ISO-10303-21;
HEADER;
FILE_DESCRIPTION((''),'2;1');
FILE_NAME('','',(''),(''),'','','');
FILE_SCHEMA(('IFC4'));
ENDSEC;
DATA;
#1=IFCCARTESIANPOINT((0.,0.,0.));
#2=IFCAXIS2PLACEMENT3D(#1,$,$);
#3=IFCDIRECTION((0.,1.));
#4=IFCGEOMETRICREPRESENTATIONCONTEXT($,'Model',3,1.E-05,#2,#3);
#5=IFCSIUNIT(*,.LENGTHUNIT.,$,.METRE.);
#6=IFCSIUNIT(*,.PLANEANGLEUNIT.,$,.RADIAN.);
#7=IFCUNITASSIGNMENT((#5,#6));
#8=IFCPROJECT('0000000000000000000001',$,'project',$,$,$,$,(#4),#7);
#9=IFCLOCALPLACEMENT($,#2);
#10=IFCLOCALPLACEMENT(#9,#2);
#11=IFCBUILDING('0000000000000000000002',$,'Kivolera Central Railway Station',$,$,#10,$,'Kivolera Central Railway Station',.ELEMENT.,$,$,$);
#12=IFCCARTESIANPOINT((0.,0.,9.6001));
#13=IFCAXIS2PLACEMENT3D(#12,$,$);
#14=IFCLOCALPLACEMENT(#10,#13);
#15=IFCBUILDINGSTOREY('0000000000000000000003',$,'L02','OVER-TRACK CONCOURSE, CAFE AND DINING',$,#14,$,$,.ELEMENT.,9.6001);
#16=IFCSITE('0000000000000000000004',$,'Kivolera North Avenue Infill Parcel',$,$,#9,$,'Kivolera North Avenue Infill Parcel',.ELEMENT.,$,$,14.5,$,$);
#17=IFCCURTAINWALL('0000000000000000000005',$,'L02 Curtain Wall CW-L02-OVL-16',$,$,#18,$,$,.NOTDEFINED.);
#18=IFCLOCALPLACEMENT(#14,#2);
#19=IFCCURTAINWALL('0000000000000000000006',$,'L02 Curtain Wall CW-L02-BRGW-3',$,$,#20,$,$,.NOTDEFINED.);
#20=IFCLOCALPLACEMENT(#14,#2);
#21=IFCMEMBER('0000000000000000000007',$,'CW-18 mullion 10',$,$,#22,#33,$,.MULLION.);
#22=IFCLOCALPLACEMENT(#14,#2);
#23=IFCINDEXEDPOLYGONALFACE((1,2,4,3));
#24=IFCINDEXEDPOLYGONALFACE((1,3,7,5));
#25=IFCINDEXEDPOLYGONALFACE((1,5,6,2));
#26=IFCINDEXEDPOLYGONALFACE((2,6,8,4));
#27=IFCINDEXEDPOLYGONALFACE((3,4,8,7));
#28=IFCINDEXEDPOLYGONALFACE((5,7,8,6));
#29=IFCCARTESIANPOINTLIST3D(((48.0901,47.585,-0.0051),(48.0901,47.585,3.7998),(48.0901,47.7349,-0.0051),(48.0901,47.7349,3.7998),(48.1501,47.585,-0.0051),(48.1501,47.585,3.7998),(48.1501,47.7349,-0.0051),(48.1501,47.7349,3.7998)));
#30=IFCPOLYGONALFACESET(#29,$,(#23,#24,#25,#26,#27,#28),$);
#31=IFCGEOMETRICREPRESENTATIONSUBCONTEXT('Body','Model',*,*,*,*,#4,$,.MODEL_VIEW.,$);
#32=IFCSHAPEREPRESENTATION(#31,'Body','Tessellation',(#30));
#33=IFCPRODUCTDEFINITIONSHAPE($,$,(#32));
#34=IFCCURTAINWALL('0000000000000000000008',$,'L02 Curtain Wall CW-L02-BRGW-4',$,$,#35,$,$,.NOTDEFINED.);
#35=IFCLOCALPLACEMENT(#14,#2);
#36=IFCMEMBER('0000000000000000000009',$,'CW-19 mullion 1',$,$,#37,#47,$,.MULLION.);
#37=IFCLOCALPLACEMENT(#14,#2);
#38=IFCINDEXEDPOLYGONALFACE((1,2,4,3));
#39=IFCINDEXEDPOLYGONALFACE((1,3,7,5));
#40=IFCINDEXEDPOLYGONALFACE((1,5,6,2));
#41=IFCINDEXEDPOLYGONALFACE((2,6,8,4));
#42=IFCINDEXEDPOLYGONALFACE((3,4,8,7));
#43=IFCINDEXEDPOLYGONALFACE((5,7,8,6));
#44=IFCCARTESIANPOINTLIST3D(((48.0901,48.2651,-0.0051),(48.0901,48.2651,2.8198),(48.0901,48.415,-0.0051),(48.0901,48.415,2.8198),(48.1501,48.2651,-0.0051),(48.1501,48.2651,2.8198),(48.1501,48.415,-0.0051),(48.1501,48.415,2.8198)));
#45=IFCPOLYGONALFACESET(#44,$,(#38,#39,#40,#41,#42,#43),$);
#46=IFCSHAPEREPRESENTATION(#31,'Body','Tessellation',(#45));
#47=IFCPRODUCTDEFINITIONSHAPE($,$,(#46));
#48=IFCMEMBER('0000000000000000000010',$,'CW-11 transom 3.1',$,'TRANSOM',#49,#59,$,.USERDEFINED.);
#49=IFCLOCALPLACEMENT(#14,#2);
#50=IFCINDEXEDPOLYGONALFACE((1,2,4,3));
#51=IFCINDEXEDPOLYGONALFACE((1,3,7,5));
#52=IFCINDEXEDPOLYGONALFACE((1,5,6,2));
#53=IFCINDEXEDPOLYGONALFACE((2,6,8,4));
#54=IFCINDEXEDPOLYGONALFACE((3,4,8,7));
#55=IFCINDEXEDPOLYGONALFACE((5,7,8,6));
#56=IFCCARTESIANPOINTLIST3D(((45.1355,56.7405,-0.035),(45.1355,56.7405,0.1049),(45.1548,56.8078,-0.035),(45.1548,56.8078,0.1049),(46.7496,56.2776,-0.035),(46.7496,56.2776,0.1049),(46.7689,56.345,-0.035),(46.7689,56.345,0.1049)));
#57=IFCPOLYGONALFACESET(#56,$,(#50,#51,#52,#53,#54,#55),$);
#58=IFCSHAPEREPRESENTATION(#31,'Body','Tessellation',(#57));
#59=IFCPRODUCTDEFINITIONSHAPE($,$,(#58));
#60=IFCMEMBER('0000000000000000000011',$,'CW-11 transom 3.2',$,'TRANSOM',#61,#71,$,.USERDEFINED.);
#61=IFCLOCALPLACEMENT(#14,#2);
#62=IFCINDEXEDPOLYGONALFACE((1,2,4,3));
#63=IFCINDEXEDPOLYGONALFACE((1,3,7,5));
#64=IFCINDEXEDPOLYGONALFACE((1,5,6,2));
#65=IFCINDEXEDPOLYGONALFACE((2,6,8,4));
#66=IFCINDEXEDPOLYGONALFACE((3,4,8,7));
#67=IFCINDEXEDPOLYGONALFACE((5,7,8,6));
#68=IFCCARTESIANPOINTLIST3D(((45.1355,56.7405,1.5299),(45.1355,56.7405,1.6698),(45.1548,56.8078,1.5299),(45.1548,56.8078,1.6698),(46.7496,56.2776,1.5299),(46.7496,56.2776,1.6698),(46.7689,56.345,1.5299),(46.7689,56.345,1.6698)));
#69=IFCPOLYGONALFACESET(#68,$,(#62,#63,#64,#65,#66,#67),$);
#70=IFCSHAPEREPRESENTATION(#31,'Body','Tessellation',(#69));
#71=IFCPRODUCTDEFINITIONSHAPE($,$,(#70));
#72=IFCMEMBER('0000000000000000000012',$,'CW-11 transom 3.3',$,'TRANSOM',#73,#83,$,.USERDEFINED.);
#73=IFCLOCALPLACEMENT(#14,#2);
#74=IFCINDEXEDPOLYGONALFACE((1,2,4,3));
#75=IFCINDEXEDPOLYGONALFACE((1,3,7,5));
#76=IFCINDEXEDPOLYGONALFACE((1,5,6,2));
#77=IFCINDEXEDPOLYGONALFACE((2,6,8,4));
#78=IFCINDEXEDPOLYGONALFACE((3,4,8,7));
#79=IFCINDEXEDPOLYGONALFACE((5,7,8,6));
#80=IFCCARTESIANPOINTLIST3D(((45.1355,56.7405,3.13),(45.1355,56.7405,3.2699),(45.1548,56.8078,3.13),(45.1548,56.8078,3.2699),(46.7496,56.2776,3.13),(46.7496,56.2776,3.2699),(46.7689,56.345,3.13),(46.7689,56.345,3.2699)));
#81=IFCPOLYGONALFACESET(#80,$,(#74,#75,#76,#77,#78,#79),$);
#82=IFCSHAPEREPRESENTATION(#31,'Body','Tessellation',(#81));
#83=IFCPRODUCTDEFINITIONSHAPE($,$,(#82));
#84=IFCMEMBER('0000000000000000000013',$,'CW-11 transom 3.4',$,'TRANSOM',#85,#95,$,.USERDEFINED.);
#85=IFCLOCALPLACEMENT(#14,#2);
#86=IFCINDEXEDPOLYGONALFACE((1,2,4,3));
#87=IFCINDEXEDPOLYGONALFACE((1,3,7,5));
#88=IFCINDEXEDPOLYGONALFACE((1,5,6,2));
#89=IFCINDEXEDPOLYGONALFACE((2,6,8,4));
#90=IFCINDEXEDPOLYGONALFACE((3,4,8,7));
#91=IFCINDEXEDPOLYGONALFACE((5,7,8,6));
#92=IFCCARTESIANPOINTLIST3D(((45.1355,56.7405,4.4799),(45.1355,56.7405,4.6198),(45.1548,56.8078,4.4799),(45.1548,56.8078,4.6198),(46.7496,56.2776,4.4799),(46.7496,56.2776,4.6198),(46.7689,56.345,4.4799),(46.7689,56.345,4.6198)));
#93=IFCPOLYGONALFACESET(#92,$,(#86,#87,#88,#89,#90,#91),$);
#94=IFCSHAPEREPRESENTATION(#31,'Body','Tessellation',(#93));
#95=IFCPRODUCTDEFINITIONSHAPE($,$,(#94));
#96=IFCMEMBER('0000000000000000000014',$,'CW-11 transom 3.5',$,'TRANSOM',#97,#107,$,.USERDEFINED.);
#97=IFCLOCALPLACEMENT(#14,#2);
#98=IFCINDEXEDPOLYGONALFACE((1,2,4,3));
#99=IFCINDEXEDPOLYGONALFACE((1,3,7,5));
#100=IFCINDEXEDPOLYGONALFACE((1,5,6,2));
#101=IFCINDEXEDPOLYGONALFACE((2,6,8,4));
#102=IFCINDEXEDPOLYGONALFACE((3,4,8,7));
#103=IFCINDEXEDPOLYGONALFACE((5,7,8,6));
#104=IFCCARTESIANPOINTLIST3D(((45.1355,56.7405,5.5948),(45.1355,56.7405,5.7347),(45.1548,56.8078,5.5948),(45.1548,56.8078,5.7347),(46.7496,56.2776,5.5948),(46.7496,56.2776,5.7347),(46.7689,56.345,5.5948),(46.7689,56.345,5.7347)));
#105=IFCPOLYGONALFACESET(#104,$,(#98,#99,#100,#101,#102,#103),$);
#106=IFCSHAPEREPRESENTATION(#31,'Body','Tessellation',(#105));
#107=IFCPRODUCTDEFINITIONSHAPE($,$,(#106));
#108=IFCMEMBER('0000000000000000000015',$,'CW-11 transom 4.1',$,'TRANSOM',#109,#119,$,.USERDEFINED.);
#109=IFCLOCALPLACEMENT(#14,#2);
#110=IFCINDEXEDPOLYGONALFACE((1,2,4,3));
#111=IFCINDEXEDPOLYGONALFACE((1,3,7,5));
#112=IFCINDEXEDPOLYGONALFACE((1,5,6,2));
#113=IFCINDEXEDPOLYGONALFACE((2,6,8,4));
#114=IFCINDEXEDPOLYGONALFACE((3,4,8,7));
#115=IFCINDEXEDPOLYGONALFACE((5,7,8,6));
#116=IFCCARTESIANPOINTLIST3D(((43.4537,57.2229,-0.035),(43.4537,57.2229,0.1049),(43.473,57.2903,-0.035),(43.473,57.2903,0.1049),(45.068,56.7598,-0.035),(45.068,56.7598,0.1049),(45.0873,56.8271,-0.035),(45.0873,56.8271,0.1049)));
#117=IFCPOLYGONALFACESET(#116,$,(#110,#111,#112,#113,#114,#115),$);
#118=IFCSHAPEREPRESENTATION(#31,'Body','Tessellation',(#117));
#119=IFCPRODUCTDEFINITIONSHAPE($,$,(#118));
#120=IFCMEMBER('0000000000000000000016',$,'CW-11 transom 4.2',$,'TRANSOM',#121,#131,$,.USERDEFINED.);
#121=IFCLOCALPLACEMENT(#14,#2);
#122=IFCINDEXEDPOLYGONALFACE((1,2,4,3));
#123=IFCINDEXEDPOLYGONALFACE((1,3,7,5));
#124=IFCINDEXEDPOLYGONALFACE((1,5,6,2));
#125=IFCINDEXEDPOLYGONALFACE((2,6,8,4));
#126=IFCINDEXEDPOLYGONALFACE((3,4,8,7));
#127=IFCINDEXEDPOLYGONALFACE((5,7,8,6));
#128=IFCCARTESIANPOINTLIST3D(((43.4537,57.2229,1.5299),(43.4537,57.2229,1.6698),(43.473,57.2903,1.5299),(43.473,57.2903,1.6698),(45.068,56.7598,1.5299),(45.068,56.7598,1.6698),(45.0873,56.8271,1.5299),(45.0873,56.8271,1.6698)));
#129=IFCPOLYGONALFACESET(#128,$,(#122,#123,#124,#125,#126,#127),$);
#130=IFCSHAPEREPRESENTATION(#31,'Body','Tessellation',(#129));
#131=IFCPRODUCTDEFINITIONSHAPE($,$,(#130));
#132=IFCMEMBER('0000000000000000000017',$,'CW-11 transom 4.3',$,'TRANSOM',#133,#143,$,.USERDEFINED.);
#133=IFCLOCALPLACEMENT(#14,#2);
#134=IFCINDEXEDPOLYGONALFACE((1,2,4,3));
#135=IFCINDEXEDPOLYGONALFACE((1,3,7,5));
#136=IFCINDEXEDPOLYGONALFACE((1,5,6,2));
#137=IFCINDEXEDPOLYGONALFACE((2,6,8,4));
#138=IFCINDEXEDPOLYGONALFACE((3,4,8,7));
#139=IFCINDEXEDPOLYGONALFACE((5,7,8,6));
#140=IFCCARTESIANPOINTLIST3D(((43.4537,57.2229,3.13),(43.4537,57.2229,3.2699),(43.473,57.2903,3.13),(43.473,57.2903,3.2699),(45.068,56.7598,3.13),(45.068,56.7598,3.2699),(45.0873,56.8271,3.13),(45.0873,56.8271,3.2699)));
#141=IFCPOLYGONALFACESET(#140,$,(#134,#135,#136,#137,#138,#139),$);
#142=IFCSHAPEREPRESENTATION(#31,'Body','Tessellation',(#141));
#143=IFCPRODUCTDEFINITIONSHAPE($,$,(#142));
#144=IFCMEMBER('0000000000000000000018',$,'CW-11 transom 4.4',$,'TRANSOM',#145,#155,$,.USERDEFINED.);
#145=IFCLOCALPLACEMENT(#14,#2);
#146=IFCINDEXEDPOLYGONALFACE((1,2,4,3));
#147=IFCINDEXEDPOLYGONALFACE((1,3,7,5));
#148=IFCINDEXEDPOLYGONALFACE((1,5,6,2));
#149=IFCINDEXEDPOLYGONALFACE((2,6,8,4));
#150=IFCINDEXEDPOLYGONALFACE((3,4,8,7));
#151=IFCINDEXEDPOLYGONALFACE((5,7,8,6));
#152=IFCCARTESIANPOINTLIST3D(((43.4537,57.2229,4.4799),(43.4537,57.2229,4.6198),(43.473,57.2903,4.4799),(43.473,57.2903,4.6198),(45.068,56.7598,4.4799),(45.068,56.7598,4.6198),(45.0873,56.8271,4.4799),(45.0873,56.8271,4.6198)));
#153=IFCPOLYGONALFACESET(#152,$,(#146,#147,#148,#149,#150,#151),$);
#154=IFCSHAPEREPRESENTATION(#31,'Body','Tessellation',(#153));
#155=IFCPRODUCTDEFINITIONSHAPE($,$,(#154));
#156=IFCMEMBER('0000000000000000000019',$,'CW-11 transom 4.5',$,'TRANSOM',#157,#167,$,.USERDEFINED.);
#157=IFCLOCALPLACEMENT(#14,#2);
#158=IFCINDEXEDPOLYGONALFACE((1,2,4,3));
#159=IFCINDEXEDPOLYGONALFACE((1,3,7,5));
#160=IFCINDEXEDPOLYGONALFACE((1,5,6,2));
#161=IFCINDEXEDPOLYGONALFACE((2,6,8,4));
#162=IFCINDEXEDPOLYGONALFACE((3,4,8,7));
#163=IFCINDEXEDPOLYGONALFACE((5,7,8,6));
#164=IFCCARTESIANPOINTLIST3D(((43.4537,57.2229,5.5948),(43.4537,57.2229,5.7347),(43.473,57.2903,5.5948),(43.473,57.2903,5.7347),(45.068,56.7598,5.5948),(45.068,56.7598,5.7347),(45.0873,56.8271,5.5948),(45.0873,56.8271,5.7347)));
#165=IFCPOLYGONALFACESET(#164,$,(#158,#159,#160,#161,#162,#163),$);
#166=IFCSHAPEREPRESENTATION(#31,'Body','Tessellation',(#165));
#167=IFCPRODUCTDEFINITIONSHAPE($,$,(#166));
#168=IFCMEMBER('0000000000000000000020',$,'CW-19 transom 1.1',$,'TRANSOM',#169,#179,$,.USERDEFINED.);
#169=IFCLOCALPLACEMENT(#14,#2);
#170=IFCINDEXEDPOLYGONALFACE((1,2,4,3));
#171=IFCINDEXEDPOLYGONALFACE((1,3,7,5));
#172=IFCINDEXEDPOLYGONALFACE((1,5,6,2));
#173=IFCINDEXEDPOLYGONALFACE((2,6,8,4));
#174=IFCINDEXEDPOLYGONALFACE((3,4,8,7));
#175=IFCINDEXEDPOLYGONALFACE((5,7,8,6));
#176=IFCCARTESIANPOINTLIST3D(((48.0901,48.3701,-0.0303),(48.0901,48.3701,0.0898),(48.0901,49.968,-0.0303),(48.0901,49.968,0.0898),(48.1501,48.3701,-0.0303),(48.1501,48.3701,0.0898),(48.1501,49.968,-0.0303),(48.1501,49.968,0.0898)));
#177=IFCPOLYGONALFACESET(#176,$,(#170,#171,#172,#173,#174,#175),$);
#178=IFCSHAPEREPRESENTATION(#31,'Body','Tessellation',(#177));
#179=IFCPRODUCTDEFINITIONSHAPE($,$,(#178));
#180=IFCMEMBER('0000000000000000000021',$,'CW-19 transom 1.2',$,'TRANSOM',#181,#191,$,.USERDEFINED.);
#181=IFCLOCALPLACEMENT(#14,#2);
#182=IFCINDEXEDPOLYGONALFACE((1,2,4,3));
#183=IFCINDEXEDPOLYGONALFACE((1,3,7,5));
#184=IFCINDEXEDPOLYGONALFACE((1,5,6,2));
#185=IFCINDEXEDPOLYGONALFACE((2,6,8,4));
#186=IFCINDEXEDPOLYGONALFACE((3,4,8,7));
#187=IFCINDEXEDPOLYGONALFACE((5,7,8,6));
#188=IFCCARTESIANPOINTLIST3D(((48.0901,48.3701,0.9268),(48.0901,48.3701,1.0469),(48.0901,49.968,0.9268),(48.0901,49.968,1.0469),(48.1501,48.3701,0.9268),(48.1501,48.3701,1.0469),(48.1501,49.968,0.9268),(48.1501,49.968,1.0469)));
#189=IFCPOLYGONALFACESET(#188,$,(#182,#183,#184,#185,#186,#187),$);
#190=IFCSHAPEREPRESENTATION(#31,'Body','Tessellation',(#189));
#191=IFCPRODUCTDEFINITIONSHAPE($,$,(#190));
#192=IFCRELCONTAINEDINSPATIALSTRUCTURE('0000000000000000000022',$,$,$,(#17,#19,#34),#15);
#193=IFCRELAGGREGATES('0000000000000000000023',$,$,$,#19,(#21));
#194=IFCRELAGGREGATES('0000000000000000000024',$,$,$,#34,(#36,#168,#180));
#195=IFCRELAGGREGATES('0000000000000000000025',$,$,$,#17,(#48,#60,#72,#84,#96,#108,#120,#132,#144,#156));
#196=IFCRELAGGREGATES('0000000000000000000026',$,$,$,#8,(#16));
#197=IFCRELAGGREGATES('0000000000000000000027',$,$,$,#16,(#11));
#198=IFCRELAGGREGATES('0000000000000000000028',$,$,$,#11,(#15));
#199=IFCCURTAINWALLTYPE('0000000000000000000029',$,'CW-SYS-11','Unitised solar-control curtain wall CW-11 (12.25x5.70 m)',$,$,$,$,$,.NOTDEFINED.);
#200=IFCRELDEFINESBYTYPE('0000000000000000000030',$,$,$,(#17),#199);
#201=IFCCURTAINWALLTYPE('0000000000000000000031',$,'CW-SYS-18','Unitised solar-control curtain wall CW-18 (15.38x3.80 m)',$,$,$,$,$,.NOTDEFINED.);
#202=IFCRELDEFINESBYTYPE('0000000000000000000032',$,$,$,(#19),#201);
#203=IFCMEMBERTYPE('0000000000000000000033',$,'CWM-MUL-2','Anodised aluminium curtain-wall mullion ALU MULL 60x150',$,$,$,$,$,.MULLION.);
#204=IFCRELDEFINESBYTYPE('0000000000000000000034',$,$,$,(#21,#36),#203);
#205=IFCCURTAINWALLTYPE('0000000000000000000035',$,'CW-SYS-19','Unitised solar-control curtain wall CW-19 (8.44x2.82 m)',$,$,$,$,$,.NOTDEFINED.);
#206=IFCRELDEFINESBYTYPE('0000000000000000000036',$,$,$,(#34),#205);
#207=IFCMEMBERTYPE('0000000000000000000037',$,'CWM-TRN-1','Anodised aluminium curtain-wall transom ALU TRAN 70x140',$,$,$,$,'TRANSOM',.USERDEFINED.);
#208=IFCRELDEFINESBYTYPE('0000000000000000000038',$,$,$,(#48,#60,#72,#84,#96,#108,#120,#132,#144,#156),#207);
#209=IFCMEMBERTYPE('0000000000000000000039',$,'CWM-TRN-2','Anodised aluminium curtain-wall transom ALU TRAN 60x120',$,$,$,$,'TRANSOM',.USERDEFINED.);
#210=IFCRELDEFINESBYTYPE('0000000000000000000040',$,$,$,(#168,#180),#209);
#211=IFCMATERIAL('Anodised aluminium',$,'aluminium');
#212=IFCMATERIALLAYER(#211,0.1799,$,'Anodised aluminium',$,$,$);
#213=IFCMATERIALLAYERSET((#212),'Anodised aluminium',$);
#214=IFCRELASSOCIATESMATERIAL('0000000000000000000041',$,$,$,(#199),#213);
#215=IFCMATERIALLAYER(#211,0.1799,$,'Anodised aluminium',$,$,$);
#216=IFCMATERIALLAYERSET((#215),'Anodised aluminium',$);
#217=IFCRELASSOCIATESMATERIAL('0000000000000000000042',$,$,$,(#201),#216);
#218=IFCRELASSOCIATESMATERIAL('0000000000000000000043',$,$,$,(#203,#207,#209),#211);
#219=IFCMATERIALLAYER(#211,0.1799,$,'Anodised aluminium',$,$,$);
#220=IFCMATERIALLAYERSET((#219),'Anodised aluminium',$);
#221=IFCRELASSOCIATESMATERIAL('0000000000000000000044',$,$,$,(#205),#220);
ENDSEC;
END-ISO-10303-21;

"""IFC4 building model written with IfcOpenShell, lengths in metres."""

from ifc_helpers import new_model, si_unit, direction, frame, origin, origin_2d, place, context, subcontext, project, spatial, rectangle, extrude, material, layer, layer_set, material_profile, profile_set, type_object, element, aggregate, save


model = new_model("IFC4")

# Units and contexts
model_context = context("Model", 3, precision=1e-05, world=origin(), true_north=direction((0.0, 1.0)))
body_context = subcontext(model_context, "Body", "Model", "MODEL_VIEW")
ifc_project = project(units=[si_unit("LENGTHUNIT", "METRE"), si_unit("PLANEANGLEUNIT", "RADIAN")], contexts=[model_context])

# Site, building, storey
site_placement = place(None, origin())
site = spatial("IfcSite", under=ifc_project, at=site_placement, Name="Kivolera North Avenue Infill Parcel", LongName="Kivolera North Avenue Infill Parcel", CompositionType="ELEMENT", RefElevation=14.5)
building_placement = place(site_placement, origin())
building = spatial("IfcBuilding", under=site, at=building_placement, Name="Kivolera Central Railway Station", LongName="Kivolera Central Railway Station", CompositionType="ELEMENT")
storey_placement = place(building_placement, frame((0.0, 0.0, 9.6001)))
storey = spatial("IfcBuildingStorey", under=building, at=storey_placement, Name="L02", Description="OVER-TRACK CONCOURSE, CAFE AND DINING", CompositionType="ELEMENT", Elevation=9.6001)

# Curtain wall
ifc_material_1 = material(Name="Anodised aluminium", Category="aluminium")
ifc_layer_1 = layer(ifc_material_1, 0.1799, Name="Anodised aluminium")
ifc_layer_set_1 = layer_set([ifc_layer_1], Name="Anodised aluminium")
curtain_wall_type_1 = type_object("IfcCurtainWallType", Name="CW-SYS-11", Description="Unitised solar-control curtain wall CW-11 (12.25x5.70 m)", PredefinedType="NOTDEFINED", material=ifc_layer_set_1)
curtain_wall_1_placement = place(storey_placement, origin())
curtain_wall_1 = element("IfcCurtainWall", 1, at=curtain_wall_1_placement, inside=storey, type_object=curtain_wall_type_1, Name="L02 Curtain Wall CW-L02-OVL-16", PredefinedType="NOTDEFINED")

# Curtain walls, members
ifc_layer_2 = layer(ifc_material_1, 0.1799, Name="Anodised aluminium")
ifc_layer_set_2 = layer_set([ifc_layer_2], Name="Anodised aluminium")
curtain_wall_type_2 = type_object("IfcCurtainWallType", Name="CW-SYS-18", Description="Unitised solar-control curtain wall CW-18 (15.38x3.80 m)", PredefinedType="NOTDEFINED", material=ifc_layer_set_2)
curtain_wall_2_placement = place(storey_placement, origin())
curtain_wall_2 = element("IfcCurtainWall", 2, at=curtain_wall_2_placement, inside=storey, type_object=curtain_wall_type_2, Name="L02 Curtain Wall CW-L02-BRGW-3", PredefinedType="NOTDEFINED")
ifc_material_profile_1 = material_profile(ifc_material_1, rectangle(XDim=0.0601, YDim=0.1499, at=origin_2d()), Name="ALU MULL 60x150")
ifc_profile_set_1 = profile_set([ifc_material_profile_1], Name="Anodised aluminium")
member_type_1 = type_object("IfcMemberType", Name="CWM-MUL-2", Description="Anodised aluminium curtain-wall mullion ALU MULL 60x150", PredefinedType="MULLION", material=ifc_profile_set_1)
member_1_placement = place(storey_placement, frame((48.1201, 47.6599, -0.0051), z_axis=(0.0, 0.0, 1.0), x_axis=(-1.0, 0.0, 0.0)))
member_1 = element("IfcMember", 3, at=member_1_placement, type_object=member_type_1, Name="CW-18 mullion 10", PredefinedType="MULLION", context=body_context, shape_type="SweptSolid", body=[
    extrude(rectangle(XDim=0.0601, YDim=0.1499, at=origin_2d()), origin(), (0.0, 0.0, 1.0), 3.8049),
])
aggregate(curtain_wall_2, [member_1])
ifc_layer_3 = layer(ifc_material_1, 0.1799, Name="Anodised aluminium")
ifc_layer_set_3 = layer_set([ifc_layer_3], Name="Anodised aluminium")
curtain_wall_type_3 = type_object("IfcCurtainWallType", Name="CW-SYS-19", Description="Unitised solar-control curtain wall CW-19 (8.44x2.82 m)", PredefinedType="NOTDEFINED", material=ifc_layer_set_3)
curtain_wall_3_placement = place(storey_placement, origin())
curtain_wall_3 = element("IfcCurtainWall", 4, at=curtain_wall_3_placement, inside=storey, type_object=curtain_wall_type_3, Name="L02 Curtain Wall CW-L02-BRGW-4", PredefinedType="NOTDEFINED")
member_2_placement = place(storey_placement, frame((48.1201, 48.3401, -0.0051), z_axis=(0.0, 0.0, 1.0), x_axis=(-1.0, 0.0, 0.0)))
member_2 = element("IfcMember", 5, at=member_2_placement, type_object=member_type_1, Name="CW-19 mullion 1", PredefinedType="MULLION", context=body_context, shape_type="SweptSolid", body=[
    extrude(rectangle(XDim=0.0601, YDim=0.1499, at=origin_2d()), origin(), (0.0, 0.0, 1.0), 2.825),
])

# Members
ifc_material_profile_2 = material_profile(ifc_material_1, rectangle(XDim=0.0701, YDim=0.1399, at=origin_2d()), Name="ALU TRAN 70x140")
ifc_profile_set_2 = profile_set([ifc_material_profile_2], Name="Anodised aluminium")
member_type_2 = type_object("IfcMemberType", Name="CWM-TRN-1", Description="Anodised aluminium curtain-wall transom ALU TRAN 70x140", ElementType="TRANSOM", PredefinedType="USERDEFINED", material=ifc_profile_set_2)
member_3_placement = place(storey_placement, frame((46.7593, 56.3113, 0.0349), z_axis=(-0.96126, 0.275643, 0.0), x_axis=(-0.275643, -0.96126, 0.0)))
member_3 = element("IfcMember", 6, at=member_3_placement, type_object=member_type_2, Name="CW-11 transom 3.1", ObjectType="TRANSOM", PredefinedType="USERDEFINED", context=body_context, shape_type="SweptSolid", body=[
    extrude(rectangle(XDim=0.0701, YDim=0.1399, at=origin_2d()), origin(), (0.0, 0.0, 1.0), 1.6792),
])
member_4_placement = place(storey_placement, frame((46.7593, 56.3113, 1.5999), z_axis=(-0.96126, 0.275643, 0.0), x_axis=(-0.275643, -0.96126, 0.0)))
member_4 = element("IfcMember", 7, at=member_4_placement, type_object=member_type_2, Name="CW-11 transom 3.2", ObjectType="TRANSOM", PredefinedType="USERDEFINED", context=body_context, shape_type="SweptSolid", body=[
    extrude(rectangle(XDim=0.0701, YDim=0.1399, at=origin_2d()), origin(), (0.0, 0.0, 1.0), 1.6792),
])
member_5_placement = place(storey_placement, frame((46.7593, 56.3113, 3.2), z_axis=(-0.96126, 0.275643, 0.0), x_axis=(-0.275643, -0.96126, 0.0)))
member_5 = element("IfcMember", 8, at=member_5_placement, type_object=member_type_2, Name="CW-11 transom 3.3", ObjectType="TRANSOM", PredefinedType="USERDEFINED", context=body_context, shape_type="SweptSolid", body=[
    extrude(rectangle(XDim=0.0701, YDim=0.1399, at=origin_2d()), origin(), (0.0, 0.0, 1.0), 1.6792),
])
member_6_placement = place(storey_placement, frame((46.7593, 56.3113, 4.5498), z_axis=(-0.96126, 0.275643, 0.0), x_axis=(-0.275643, -0.96126, 0.0)))
member_6 = element("IfcMember", 9, at=member_6_placement, type_object=member_type_2, Name="CW-11 transom 3.4", ObjectType="TRANSOM", PredefinedType="USERDEFINED", context=body_context, shape_type="SweptSolid", body=[
    extrude(rectangle(XDim=0.0701, YDim=0.1399, at=origin_2d()), origin(), (0.0, 0.0, 1.0), 1.6792),
])
member_7_placement = place(storey_placement, frame((46.7593, 56.3113, 5.6648), z_axis=(-0.96126, 0.275643, 0.0), x_axis=(-0.275643, -0.96126, 0.0)))
member_7 = element("IfcMember", 10, at=member_7_placement, type_object=member_type_2, Name="CW-11 transom 3.5", ObjectType="TRANSOM", PredefinedType="USERDEFINED", context=body_context, shape_type="SweptSolid", body=[
    extrude(rectangle(XDim=0.0701, YDim=0.1399, at=origin_2d()), origin(), (0.0, 0.0, 1.0), 1.6792),
])
member_8_placement = place(storey_placement, frame((45.0776, 56.7935, 0.0349), z_axis=(-0.961222, 0.275777, 0.0), x_axis=(-0.275777, -0.961222, 0.0)))
member_8 = element("IfcMember", 11, at=member_8_placement, type_object=member_type_2, Name="CW-11 transom 4.1", ObjectType="TRANSOM", PredefinedType="USERDEFINED", context=body_context, shape_type="SweptSolid", body=[
    extrude(rectangle(XDim=0.0701, YDim=0.1399, at=origin_2d()), origin(), (0.0, 0.0, 1.0), 1.6794),
])
member_9_placement = place(storey_placement, frame((45.0776, 56.7935, 1.5999), z_axis=(-0.961222, 0.275777, 0.0), x_axis=(-0.275777, -0.961222, 0.0)))
member_9 = element("IfcMember", 12, at=member_9_placement, type_object=member_type_2, Name="CW-11 transom 4.2", ObjectType="TRANSOM", PredefinedType="USERDEFINED", context=body_context, shape_type="SweptSolid", body=[
    extrude(rectangle(XDim=0.0701, YDim=0.1399, at=origin_2d()), origin(), (0.0, 0.0, 1.0), 1.6794),
])
member_10_placement = place(storey_placement, frame((45.0776, 56.7935, 3.2), z_axis=(-0.961222, 0.275777, 0.0), x_axis=(-0.275777, -0.961222, 0.0)))
member_10 = element("IfcMember", 13, at=member_10_placement, type_object=member_type_2, Name="CW-11 transom 4.3", ObjectType="TRANSOM", PredefinedType="USERDEFINED", context=body_context, shape_type="SweptSolid", body=[
    extrude(rectangle(XDim=0.0701, YDim=0.1399, at=origin_2d()), origin(), (0.0, 0.0, 1.0), 1.6794),
])
member_11_placement = place(storey_placement, frame((45.0776, 56.7935, 4.5498), z_axis=(-0.961222, 0.275777, 0.0), x_axis=(-0.275777, -0.961222, 0.0)))
member_11 = element("IfcMember", 14, at=member_11_placement, type_object=member_type_2, Name="CW-11 transom 4.4", ObjectType="TRANSOM", PredefinedType="USERDEFINED", context=body_context, shape_type="SweptSolid", body=[
    extrude(rectangle(XDim=0.0701, YDim=0.1399, at=origin_2d()), origin(), (0.0, 0.0, 1.0), 1.6794),
])
member_12_placement = place(storey_placement, frame((45.0776, 56.7935, 5.6648), z_axis=(-0.961222, 0.275777, 0.0), x_axis=(-0.275777, -0.961222, 0.0)))
member_12 = element("IfcMember", 15, at=member_12_placement, type_object=member_type_2, Name="CW-11 transom 4.5", ObjectType="TRANSOM", PredefinedType="USERDEFINED", context=body_context, shape_type="SweptSolid", body=[
    extrude(rectangle(XDim=0.0701, YDim=0.1399, at=origin_2d()), origin(), (0.0, 0.0, 1.0), 1.6794),
])
ifc_material_profile_3 = material_profile(ifc_material_1, rectangle(XDim=0.0601, YDim=0.1201, at=origin_2d()), Name="ALU TRAN 60x120")
ifc_profile_set_3 = profile_set([ifc_material_profile_3], Name="Anodised aluminium")
member_type_3 = type_object("IfcMemberType", Name="CWM-TRN-2", Description="Anodised aluminium curtain-wall transom ALU TRAN 60x120", ElementType="TRANSOM", PredefinedType="USERDEFINED", material=ifc_profile_set_3)
member_13_placement = place(storey_placement, frame((48.1201, 48.3701, 0.0298), z_axis=(0.0, 1.0, 0.0), x_axis=(-1.0, 0.0, 0.0)))
member_13 = element("IfcMember", 16, at=member_13_placement, type_object=member_type_3, Name="CW-19 transom 1.1", ObjectType="TRANSOM", PredefinedType="USERDEFINED", context=body_context, shape_type="SweptSolid", body=[
    extrude(rectangle(XDim=0.0601, YDim=0.1201, at=origin_2d()), origin(), (0.0, 0.0, 1.0), 1.5979),
])
member_14_placement = place(storey_placement, frame((48.1201, 48.3701, 0.9868), z_axis=(0.0, 1.0, 0.0), x_axis=(-1.0, 0.0, 0.0)))
member_14 = element("IfcMember", 17, at=member_14_placement, type_object=member_type_3, Name="CW-19 transom 1.2", ObjectType="TRANSOM", PredefinedType="USERDEFINED", context=body_context, shape_type="SweptSolid", body=[
    extrude(rectangle(XDim=0.0601, YDim=0.1201, at=origin_2d()), origin(), (0.0, 0.0, 1.0), 1.5979),
])
aggregate(curtain_wall_3, [member_2, member_13, member_14])

aggregate(curtain_wall_1, [member_3, member_4, member_5, member_6, member_7, member_8, member_9, member_10, member_11, member_12])

save(model, "model.ifc")
